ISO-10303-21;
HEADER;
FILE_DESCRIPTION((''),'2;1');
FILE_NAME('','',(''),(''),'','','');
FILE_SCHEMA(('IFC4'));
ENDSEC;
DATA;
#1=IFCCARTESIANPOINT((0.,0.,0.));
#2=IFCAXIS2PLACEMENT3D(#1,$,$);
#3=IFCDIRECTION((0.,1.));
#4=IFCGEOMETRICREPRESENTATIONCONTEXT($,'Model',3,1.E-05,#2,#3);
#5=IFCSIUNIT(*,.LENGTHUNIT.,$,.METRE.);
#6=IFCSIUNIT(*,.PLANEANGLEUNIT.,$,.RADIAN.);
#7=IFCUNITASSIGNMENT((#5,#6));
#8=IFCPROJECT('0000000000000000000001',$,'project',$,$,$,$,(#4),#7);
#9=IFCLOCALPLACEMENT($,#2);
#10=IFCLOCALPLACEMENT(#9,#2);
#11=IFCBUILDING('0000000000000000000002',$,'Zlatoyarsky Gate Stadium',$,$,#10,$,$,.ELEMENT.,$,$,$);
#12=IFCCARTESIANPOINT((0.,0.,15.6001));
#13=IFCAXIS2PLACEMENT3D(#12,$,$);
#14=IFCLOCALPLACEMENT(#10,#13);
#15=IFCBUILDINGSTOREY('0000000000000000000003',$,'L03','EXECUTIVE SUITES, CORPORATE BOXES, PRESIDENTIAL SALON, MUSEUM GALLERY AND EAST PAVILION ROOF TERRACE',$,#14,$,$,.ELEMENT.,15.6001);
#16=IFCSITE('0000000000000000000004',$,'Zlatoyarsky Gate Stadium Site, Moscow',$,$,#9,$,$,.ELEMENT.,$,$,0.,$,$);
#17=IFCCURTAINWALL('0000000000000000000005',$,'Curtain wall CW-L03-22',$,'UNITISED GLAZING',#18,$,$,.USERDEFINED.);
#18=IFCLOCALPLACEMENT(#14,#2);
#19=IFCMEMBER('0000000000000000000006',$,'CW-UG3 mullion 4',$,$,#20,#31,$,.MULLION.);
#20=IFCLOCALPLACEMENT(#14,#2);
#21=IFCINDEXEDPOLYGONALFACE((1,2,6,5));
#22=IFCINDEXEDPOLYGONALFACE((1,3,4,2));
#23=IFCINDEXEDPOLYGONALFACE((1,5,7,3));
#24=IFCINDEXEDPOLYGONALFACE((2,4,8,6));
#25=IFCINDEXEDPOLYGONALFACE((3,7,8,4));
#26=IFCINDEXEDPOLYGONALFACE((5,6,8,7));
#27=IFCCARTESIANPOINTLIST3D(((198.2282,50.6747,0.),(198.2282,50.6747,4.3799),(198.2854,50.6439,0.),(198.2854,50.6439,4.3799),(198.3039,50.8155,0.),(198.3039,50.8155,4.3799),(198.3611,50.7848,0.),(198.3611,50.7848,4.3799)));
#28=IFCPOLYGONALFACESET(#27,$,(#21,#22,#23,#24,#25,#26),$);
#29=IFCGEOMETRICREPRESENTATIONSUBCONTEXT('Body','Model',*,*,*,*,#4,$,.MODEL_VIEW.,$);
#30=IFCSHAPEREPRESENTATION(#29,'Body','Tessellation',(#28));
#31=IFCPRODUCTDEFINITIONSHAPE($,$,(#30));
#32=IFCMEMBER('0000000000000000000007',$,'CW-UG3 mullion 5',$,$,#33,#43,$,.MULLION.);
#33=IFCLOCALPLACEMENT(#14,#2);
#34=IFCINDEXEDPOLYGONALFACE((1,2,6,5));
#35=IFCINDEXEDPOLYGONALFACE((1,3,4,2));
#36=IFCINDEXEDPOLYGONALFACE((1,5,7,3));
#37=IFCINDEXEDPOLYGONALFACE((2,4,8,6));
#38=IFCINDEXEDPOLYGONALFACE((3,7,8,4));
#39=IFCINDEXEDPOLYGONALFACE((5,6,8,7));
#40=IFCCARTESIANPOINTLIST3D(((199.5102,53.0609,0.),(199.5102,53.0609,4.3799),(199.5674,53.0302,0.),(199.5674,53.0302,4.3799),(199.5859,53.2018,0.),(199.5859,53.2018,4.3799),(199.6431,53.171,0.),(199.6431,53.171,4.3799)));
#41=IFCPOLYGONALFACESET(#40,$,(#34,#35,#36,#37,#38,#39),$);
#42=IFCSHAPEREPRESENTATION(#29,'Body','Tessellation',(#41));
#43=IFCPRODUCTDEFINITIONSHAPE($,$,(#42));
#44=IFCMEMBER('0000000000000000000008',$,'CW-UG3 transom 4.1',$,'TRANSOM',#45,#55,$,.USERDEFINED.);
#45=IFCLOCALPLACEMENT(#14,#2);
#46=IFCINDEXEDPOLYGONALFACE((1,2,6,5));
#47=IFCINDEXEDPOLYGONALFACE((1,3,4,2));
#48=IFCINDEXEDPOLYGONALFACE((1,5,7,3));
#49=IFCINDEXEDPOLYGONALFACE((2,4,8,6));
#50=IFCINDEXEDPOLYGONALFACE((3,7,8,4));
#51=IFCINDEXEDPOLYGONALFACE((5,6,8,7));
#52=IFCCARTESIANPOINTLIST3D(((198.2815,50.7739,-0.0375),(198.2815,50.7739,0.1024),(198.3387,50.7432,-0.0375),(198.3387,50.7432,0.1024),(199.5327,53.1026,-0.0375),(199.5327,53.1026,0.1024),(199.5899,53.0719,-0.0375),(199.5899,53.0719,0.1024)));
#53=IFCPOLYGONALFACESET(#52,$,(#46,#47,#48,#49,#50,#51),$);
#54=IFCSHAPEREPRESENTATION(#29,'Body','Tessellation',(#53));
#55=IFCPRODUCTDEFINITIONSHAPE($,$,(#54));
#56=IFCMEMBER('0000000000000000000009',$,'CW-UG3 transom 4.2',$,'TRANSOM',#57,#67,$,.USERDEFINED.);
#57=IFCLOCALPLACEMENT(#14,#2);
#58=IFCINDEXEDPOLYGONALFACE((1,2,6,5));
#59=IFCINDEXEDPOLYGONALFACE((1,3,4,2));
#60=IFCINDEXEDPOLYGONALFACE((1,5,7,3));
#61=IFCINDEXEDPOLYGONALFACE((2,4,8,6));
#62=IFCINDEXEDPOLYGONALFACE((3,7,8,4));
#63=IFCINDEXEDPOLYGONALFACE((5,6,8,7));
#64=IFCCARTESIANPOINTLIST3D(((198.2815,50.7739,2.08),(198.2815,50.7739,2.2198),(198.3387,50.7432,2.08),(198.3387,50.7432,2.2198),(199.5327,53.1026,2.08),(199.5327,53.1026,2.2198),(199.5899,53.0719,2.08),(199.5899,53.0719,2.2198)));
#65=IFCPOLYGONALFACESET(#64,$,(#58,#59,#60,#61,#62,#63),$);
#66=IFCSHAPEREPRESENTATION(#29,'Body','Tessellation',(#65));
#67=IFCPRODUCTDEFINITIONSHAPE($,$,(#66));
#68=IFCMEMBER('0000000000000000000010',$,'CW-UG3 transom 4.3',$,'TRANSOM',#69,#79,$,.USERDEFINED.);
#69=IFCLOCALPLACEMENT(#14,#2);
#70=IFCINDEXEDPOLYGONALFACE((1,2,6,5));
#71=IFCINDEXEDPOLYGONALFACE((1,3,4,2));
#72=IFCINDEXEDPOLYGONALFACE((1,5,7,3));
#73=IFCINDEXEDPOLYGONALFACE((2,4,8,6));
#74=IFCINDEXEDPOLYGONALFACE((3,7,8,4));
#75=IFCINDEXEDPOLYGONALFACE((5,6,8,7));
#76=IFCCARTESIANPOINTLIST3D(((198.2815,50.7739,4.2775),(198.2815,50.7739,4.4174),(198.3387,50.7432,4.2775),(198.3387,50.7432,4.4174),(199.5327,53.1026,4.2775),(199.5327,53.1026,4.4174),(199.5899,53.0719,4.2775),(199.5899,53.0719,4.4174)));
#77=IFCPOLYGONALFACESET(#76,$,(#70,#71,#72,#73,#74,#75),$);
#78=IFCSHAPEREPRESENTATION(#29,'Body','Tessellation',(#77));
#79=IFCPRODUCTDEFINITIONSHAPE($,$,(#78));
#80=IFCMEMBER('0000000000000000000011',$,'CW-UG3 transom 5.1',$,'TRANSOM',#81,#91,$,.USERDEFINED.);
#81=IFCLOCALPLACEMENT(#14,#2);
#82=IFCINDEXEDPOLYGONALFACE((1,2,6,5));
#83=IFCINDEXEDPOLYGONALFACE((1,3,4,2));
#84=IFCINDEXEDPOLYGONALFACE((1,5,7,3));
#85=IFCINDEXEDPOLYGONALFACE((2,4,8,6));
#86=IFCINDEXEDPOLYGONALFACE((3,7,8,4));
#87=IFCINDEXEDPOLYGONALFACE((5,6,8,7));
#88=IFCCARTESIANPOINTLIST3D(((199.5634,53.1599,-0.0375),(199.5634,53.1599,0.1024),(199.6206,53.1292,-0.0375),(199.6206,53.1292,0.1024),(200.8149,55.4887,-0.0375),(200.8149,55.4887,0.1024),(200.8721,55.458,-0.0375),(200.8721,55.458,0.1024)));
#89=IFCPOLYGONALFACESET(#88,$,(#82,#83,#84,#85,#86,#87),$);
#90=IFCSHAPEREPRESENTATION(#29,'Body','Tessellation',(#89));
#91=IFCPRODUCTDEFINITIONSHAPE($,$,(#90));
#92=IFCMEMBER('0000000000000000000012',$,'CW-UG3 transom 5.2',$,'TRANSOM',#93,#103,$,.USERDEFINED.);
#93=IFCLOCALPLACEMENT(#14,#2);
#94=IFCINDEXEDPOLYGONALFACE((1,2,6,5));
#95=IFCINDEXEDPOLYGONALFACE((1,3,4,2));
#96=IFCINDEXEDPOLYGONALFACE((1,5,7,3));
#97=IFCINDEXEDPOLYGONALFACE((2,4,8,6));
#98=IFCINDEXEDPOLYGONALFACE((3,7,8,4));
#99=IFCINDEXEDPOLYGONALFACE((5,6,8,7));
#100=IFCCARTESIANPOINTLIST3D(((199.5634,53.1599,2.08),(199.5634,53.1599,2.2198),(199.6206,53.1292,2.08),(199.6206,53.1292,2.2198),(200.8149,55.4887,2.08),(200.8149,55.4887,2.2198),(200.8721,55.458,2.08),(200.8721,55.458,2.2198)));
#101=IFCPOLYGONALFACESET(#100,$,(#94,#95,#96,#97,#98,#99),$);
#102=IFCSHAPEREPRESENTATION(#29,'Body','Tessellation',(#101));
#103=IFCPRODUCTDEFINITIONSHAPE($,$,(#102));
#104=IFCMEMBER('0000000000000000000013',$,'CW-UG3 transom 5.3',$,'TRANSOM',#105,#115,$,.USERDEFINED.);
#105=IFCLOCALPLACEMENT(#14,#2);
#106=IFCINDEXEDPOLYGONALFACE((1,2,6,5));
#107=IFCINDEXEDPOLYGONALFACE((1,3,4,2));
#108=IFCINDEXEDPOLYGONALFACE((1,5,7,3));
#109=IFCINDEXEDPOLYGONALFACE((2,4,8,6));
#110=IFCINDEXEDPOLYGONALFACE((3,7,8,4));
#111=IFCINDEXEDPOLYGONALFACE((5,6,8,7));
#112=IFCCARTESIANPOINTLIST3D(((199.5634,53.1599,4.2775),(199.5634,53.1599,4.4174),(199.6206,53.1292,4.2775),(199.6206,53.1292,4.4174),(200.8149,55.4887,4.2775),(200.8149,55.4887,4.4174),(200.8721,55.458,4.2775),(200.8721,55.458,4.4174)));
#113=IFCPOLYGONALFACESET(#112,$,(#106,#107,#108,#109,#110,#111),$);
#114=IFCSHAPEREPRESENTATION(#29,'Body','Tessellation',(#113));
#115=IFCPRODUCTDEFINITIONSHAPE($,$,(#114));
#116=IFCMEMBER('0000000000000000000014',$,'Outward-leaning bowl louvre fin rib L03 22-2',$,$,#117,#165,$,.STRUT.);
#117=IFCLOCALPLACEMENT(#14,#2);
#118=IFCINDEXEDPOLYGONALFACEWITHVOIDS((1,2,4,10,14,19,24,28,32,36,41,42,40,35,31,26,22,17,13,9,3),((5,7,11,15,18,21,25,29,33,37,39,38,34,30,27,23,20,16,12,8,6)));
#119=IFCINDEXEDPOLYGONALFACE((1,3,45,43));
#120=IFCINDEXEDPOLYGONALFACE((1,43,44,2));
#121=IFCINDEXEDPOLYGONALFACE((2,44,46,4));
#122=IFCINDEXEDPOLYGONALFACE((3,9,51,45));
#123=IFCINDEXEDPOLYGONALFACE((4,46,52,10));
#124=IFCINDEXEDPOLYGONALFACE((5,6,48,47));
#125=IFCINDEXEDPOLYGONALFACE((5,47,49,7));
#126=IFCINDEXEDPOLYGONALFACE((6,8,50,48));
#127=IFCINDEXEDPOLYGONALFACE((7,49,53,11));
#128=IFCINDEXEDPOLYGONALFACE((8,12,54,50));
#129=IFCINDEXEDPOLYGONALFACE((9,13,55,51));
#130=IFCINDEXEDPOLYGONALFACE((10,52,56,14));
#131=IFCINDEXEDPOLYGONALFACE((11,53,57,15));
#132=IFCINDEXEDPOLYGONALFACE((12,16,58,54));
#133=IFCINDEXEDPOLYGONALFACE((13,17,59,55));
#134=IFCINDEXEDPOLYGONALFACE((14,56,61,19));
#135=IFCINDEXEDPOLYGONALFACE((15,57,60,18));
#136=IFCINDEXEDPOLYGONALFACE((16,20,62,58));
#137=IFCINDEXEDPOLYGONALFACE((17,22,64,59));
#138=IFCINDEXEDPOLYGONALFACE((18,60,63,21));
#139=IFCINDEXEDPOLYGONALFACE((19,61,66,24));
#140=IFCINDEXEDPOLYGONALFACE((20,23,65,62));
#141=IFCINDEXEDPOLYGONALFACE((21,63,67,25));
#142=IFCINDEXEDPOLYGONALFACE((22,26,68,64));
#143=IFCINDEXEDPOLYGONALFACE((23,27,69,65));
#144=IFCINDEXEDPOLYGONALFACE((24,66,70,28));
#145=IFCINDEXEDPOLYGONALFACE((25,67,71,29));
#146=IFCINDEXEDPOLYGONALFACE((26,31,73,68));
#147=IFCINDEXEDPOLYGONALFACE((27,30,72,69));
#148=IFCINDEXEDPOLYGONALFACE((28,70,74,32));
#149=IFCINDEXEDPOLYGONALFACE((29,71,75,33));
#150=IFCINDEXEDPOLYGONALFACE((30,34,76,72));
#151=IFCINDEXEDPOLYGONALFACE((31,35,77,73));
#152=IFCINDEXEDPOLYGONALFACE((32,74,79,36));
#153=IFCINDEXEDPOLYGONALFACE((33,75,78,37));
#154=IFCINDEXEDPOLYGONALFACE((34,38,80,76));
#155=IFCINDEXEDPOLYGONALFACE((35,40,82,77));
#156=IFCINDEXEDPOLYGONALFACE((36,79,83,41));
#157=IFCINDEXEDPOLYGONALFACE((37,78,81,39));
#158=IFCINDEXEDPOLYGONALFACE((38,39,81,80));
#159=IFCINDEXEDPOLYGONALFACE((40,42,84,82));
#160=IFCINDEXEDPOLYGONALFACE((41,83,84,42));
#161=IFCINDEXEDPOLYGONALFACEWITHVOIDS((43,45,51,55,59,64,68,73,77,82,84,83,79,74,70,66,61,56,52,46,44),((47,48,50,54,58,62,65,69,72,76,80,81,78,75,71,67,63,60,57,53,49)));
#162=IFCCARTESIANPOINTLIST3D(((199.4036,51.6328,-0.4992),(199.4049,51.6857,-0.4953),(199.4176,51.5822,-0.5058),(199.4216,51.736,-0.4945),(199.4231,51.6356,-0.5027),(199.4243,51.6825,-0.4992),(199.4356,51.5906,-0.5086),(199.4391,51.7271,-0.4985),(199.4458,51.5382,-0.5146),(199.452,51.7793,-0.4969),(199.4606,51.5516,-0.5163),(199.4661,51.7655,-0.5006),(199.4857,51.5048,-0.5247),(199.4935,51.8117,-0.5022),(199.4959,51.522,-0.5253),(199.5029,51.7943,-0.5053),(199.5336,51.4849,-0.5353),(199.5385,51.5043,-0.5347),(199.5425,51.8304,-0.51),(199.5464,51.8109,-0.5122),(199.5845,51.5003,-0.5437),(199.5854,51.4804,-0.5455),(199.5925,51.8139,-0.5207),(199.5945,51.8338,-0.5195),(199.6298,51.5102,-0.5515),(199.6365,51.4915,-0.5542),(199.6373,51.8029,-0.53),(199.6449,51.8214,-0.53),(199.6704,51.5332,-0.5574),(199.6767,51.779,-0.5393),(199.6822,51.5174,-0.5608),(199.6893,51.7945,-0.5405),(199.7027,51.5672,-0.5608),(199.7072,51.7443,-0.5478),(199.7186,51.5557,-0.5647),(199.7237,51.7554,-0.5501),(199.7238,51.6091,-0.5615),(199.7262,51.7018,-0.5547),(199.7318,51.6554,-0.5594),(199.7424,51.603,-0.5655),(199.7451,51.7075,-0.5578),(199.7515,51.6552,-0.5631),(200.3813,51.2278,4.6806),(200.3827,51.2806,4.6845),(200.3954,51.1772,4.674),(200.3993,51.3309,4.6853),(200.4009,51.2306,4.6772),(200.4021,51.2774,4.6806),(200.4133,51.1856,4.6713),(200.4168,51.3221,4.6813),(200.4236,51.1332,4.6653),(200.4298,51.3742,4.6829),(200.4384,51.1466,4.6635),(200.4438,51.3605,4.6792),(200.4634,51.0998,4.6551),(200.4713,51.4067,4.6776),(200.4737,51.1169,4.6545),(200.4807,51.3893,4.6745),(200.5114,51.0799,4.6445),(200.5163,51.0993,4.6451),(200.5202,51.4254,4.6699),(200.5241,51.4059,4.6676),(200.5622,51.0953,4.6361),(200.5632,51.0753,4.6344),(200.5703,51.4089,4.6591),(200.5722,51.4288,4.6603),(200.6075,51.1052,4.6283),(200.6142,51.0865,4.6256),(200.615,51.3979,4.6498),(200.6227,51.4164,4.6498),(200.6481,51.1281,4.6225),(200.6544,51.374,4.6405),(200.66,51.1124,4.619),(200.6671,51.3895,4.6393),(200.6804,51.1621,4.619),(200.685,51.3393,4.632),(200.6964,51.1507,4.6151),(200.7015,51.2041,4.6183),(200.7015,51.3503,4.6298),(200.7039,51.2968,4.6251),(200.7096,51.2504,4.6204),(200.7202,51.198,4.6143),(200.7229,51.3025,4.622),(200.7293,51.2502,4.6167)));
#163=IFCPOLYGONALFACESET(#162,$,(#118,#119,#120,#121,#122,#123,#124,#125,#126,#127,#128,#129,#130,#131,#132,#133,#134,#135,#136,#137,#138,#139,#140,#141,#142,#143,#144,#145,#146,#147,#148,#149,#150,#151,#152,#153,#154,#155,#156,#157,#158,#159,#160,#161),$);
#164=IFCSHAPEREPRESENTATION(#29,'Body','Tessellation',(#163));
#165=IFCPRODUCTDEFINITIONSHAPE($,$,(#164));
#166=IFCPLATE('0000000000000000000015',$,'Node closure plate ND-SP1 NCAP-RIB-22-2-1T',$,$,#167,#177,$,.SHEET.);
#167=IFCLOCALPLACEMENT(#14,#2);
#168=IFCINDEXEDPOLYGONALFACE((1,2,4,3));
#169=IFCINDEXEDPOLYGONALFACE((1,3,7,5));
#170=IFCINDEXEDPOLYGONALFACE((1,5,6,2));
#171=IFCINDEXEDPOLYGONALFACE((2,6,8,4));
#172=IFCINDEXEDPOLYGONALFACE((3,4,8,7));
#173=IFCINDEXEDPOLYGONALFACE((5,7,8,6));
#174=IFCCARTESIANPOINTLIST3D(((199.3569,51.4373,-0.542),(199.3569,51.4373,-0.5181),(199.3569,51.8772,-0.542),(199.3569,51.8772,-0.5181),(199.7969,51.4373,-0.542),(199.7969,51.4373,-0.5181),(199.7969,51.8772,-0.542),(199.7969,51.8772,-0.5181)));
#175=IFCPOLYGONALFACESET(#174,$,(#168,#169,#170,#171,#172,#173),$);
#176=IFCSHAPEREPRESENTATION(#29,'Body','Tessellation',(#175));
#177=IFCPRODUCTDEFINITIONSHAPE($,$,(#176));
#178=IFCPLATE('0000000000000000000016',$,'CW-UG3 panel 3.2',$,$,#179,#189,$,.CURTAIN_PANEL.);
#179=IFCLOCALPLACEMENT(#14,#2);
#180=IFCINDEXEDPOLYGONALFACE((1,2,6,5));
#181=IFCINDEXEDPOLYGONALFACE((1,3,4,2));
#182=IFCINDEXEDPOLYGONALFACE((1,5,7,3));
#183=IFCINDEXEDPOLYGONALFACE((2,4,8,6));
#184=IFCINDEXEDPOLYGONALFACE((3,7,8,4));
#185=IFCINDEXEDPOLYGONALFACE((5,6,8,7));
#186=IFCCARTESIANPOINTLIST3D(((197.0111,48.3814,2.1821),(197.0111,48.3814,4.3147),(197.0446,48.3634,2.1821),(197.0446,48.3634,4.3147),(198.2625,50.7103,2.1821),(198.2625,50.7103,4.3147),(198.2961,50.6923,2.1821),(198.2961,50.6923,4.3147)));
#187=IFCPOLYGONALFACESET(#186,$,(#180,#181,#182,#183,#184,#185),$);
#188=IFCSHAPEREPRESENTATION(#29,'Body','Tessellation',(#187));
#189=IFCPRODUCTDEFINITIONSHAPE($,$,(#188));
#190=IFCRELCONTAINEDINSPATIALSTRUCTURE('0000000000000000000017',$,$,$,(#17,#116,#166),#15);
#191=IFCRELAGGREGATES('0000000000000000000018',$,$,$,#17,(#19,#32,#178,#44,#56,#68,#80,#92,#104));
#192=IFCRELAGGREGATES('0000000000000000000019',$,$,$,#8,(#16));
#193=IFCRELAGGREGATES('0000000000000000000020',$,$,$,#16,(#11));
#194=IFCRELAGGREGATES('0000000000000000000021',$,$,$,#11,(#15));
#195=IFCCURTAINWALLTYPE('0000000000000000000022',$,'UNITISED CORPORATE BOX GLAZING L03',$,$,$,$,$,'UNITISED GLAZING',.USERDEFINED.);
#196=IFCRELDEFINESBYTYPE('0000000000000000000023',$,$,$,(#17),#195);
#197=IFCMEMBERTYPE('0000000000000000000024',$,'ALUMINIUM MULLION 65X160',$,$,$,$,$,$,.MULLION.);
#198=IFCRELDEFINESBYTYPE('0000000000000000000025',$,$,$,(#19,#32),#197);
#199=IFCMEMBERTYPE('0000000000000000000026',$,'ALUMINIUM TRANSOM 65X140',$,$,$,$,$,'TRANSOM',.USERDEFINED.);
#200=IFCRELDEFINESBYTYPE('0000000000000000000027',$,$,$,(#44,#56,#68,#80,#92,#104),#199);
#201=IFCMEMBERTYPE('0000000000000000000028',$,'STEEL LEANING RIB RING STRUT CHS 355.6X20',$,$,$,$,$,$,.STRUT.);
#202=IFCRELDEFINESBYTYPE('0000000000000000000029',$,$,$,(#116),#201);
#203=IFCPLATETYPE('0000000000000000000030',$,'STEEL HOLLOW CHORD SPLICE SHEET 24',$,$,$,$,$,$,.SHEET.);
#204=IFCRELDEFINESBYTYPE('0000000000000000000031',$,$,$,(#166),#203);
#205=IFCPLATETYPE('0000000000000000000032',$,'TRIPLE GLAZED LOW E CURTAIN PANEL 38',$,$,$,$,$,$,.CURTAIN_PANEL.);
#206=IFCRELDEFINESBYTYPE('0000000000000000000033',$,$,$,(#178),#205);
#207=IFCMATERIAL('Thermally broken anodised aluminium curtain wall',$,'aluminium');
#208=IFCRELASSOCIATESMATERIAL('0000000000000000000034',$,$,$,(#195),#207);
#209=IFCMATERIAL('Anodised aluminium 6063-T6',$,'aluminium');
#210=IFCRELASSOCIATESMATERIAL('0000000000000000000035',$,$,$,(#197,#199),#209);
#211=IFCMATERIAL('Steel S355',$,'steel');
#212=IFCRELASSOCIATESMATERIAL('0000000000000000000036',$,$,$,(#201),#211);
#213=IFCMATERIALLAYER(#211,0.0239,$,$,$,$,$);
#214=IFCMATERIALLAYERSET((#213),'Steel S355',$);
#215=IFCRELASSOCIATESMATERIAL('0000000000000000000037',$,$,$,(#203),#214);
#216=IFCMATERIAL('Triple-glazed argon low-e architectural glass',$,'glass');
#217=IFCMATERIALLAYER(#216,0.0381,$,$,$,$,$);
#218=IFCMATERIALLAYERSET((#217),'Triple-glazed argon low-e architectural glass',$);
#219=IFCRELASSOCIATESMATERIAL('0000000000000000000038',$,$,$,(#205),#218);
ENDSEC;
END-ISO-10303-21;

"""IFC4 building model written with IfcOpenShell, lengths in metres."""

from ifc_helpers import new_model, si_unit, direction, frame, origin, origin_2d, place, context, subcontext, project, spatial, rectangle, hollow_circle, extrude, material, layer, layer_set, material_profile, profile_set, type_object, element, aggregate, save


model = new_model("IFC4")

# Units and contexts
model_context = context("Model", 3, precision=1e-05, world=origin(), true_north=direction((0.0, 1.0)))
body_context = subcontext(model_context, "Body", "Model", "MODEL_VIEW")
ifc_project = project(units=[si_unit("LENGTHUNIT", "METRE"), si_unit("PLANEANGLEUNIT", "RADIAN")], contexts=[model_context])

# Site, building, storey
site_placement = place(None, origin())
site = spatial("IfcSite", under=ifc_project, at=site_placement, Name="Zlatoyarsky Gate Stadium Site, Moscow", CompositionType="ELEMENT", RefElevation=0.0)
building_placement = place(site_placement, origin())
building = spatial("IfcBuilding", under=site, at=building_placement, Name="Zlatoyarsky Gate Stadium", CompositionType="ELEMENT")
storey_placement = place(building_placement, frame((0.0, 0.0, 15.6001)))
storey = spatial("IfcBuildingStorey", under=building, at=storey_placement, Name="L03", Description="EXECUTIVE SUITES, CORPORATE BOXES, PRESIDENTIAL SALON, MUSEUM GALLERY AND EAST PAVILION ROOF TERRACE", CompositionType="ELEMENT", Elevation=15.6001)

# Curtain wall, members
ifc_material_1 = material(Name="Thermally broken anodised aluminium curtain wall", Category="aluminium")
curtain_wall_type = type_object("IfcCurtainWallType", Name="UNITISED CORPORATE BOX GLAZING L03", ElementType="UNITISED GLAZING", PredefinedType="USERDEFINED", material=ifc_material_1)
curtain_wall_placement = place(storey_placement, origin())
curtain_wall = element("IfcCurtainWall", 1, at=curtain_wall_placement, inside=storey, type_object=curtain_wall_type, Name="Curtain wall CW-L03-22", ObjectType="UNITISED GLAZING", PredefinedType="USERDEFINED")
ifc_material_2 = material(Name="Anodised aluminium 6063-T6", Category="aluminium")
ifc_material_profile_1 = material_profile(ifc_material_2, rectangle(XDim=0.0649, YDim=0.1599, at=origin_2d()), Name="ALU 65X160")
ifc_profile_set_1 = profile_set([ifc_material_profile_1], Name="Anodised aluminium 6063-T6")
member_type_1 = type_object("IfcMemberType", Name="ALUMINIUM MULLION 65X160", PredefinedType="MULLION", material=ifc_profile_set_1)
member_1_placement = place(storey_placement, frame((198.2947, 50.7297, 0.0), z_axis=(0.0, 0.0, 1.0), x_axis=(-0.880877, 0.473345, 0.0)))
member_1 = element("IfcMember", 2, at=member_1_placement, type_object=member_type_1, Name="CW-UG3 mullion 4", PredefinedType="MULLION", context=body_context, shape_type="SweptSolid", body=[
    extrude(rectangle(XDim=0.0649, YDim=0.1599, at=origin_2d()), origin(), (0.0, 0.0, 1.0), 4.3799),
])
member_2_placement = place(storey_placement, frame((199.5767, 53.116, 0.0), z_axis=(0.0, 0.0, 1.0), x_axis=(-0.880877, 0.473345, 0.0)))
member_2 = element("IfcMember", 3, at=member_2_placement, type_object=member_type_1, Name="CW-UG3 mullion 5", PredefinedType="MULLION", context=body_context, shape_type="SweptSolid", body=[
    extrude(rectangle(XDim=0.0649, YDim=0.1599, at=origin_2d()), origin(), (0.0, 0.0, 1.0), 4.3799),
])
ifc_material_profile_2 = material_profile(ifc_material_2, rectangle(XDim=0.0649, YDim=0.1399, at=origin_2d()), Name="ALU 65X140")
ifc_profile_set_2 = profile_set([ifc_material_profile_2], Name="Anodised aluminium 6063-T6")
member_type_2 = type_object("IfcMemberType", Name="ALUMINIUM TRANSOM 65X140", ElementType="TRANSOM", PredefinedType="USERDEFINED", material=ifc_profile_set_2)
member_3_placement = place(storey_placement, frame((198.3101, 50.7585, 0.0325), z_axis=(0.473323, 0.880889, 0.0), x_axis=(-0.880889, 0.473323, 0.0)))
member_3 = element("IfcMember", 4, at=member_3_placement, type_object=member_type_2, Name="CW-UG3 transom 4.1", ObjectType="TRANSOM", PredefinedType="USERDEFINED", context=body_context, shape_type="SweptSolid", body=[
    extrude(rectangle(XDim=0.0649, YDim=0.1399, at=origin_2d()), origin(), (0.0, 0.0, 1.0), 2.6436),
])
member_4_placement = place(storey_placement, frame((198.3101, 50.7585, 2.1499), z_axis=(0.473323, 0.880889, 0.0), x_axis=(-0.880889, 0.473323, 0.0)))
member_4 = element("IfcMember", 5, at=member_4_placement, type_object=member_type_2, Name="CW-UG3 transom 4.2", ObjectType="TRANSOM", PredefinedType="USERDEFINED", context=body_context, shape_type="SweptSolid", body=[
    extrude(rectangle(XDim=0.0649, YDim=0.1399, at=origin_2d()), origin(), (0.0, 0.0, 1.0), 2.6436),
])
member_5_placement = place(storey_placement, frame((198.3101, 50.7585, 4.3474), z_axis=(0.473323, 0.880889, 0.0), x_axis=(-0.880889, 0.473323, 0.0)))
member_5 = element("IfcMember", 6, at=member_5_placement, type_object=member_type_2, Name="CW-UG3 transom 4.3", ObjectType="TRANSOM", PredefinedType="USERDEFINED", context=body_context, shape_type="SweptSolid", body=[
    extrude(rectangle(XDim=0.0649, YDim=0.1399, at=origin_2d()), origin(), (0.0, 0.0, 1.0), 2.6436),
])
member_6_placement = place(storey_placement, frame((199.592, 53.1445, 0.0325), z_axis=(0.473356, 0.880871, 0.0), x_axis=(-0.880871, 0.473356, 0.0)))
member_6 = element("IfcMember", 7, at=member_6_placement, type_object=member_type_2, Name="CW-UG3 transom 5.1", ObjectType="TRANSOM", PredefinedType="USERDEFINED", context=body_context, shape_type="SweptSolid", body=[
    extrude(rectangle(XDim=0.0649, YDim=0.1399, at=origin_2d()), origin(), (0.0, 0.0, 1.0), 2.6438),
])
member_7_placement = place(storey_placement, frame((199.592, 53.1445, 2.1499), z_axis=(0.473356, 0.880871, 0.0), x_axis=(-0.880871, 0.473356, 0.0)))
member_7 = element("IfcMember", 8, at=member_7_placement, type_object=member_type_2, Name="CW-UG3 transom 5.2", ObjectType="TRANSOM", PredefinedType="USERDEFINED", context=body_context, shape_type="SweptSolid", body=[
    extrude(rectangle(XDim=0.0649, YDim=0.1399, at=origin_2d()), origin(), (0.0, 0.0, 1.0), 2.6438),
])
member_8_placement = place(storey_placement, frame((199.592, 53.1445, 4.3474), z_axis=(0.473356, 0.880871, 0.0), x_axis=(-0.880871, 0.473356, 0.0)))
member_8 = element("IfcMember", 9, at=member_8_placement, type_object=member_type_2, Name="CW-UG3 transom 5.3", ObjectType="TRANSOM", PredefinedType="USERDEFINED", context=body_context, shape_type="SweptSolid", body=[
    extrude(rectangle(XDim=0.0649, YDim=0.1399, at=origin_2d()), origin(), (0.0, 0.0, 1.0), 2.6438),
])

# Member
ifc_material_3 = material(Name="Steel S355", Category="steel")
ifc_material_profile_3 = material_profile(ifc_material_3, hollow_circle(Radius=0.1777, WallThickness=0.02, at=origin_2d()), Name="CHS 355.6X20")
ifc_profile_set_3 = profile_set([ifc_material_profile_3], Name="Steel S355")
member_type_3 = type_object("IfcMemberType", Name="STEEL LEANING RIB RING STRUT CHS 355.6X20", PredefinedType="STRUT", material=ifc_profile_set_3)
member_9_placement = place(storey_placement, frame((199.5769, 51.6572, -0.53), z_axis=(0.184943, -0.076609, 0.979759), x_axis=(0.382698, 0.923873, 0.0)))
element("IfcMember", 10, at=member_9_placement, inside=storey, type_object=member_type_3, Name="Outward-leaning bowl louvre fin rib L03 22-2", PredefinedType="STRUT", context=body_context, shape_type="SweptSolid", body=[
    extrude(hollow_circle(Radius=0.1777, WallThickness=0.02, at=origin_2d()), origin(), (0.0, 0.0, 1.0), 5.2869),
])

# Plates
ifc_layer_1 = layer(ifc_material_3, 0.0239)
ifc_layer_set_1 = layer_set([ifc_layer_1], Name="Steel S355")
plate_type_1 = type_object("IfcPlateType", Name="STEEL HOLLOW CHORD SPLICE SHEET 24", PredefinedType="SHEET", material=ifc_layer_set_1)
plate_1_placement = place(storey_placement, frame((199.5769, 51.6572, -0.542), z_axis=(0.0, 0.0, 1.0), x_axis=(1.0, 0.0, 0.0)))
element("IfcPlate", 11, at=plate_1_placement, inside=storey, type_object=plate_type_1, Name="Node closure plate ND-SP1 NCAP-RIB-22-2-1T", PredefinedType="SHEET", context=body_context, shape_type="SweptSolid", body=[
    extrude(rectangle(XDim=0.4399, YDim=0.4399, at=origin_2d()), origin(), (0.0, 0.0, 1.0), 0.0239),
])
ifc_material_4 = material(Name="Triple-glazed argon low-e architectural glass", Category="glass")
ifc_layer_2 = layer(ifc_material_4, 0.0381)
ifc_layer_set_2 = layer_set([ifc_layer_2], Name="Triple-glazed argon low-e architectural glass")
plate_type_2 = type_object("IfcPlateType", Name="TRIPLE GLAZED LOW E CURTAIN PANEL 38", PredefinedType="CURTAIN_PANEL", material=ifc_layer_set_2)
plate_2_placement = place(storey_placement, frame((197.6536, 49.5369, 2.1821), z_axis=(0.0, 0.0, 1.0), x_axis=(0.473345, 0.880877, 0.0)))
plate_2 = element("IfcPlate", 12, at=plate_2_placement, type_object=plate_type_2, Name="CW-UG3 panel 3.2", PredefinedType="CURTAIN_PANEL", context=body_context, shape_type="SweptSolid", body=[
    extrude(rectangle(XDim=2.6438, YDim=0.0381, at=origin_2d()), origin(), (0.0, 0.0, 1.0), 2.1326),
])
aggregate(curtain_wall, [member_1, member_2, plate_2, member_3, member_4, member_5, member_6, member_7, member_8])

save(model, "model.ifc")
